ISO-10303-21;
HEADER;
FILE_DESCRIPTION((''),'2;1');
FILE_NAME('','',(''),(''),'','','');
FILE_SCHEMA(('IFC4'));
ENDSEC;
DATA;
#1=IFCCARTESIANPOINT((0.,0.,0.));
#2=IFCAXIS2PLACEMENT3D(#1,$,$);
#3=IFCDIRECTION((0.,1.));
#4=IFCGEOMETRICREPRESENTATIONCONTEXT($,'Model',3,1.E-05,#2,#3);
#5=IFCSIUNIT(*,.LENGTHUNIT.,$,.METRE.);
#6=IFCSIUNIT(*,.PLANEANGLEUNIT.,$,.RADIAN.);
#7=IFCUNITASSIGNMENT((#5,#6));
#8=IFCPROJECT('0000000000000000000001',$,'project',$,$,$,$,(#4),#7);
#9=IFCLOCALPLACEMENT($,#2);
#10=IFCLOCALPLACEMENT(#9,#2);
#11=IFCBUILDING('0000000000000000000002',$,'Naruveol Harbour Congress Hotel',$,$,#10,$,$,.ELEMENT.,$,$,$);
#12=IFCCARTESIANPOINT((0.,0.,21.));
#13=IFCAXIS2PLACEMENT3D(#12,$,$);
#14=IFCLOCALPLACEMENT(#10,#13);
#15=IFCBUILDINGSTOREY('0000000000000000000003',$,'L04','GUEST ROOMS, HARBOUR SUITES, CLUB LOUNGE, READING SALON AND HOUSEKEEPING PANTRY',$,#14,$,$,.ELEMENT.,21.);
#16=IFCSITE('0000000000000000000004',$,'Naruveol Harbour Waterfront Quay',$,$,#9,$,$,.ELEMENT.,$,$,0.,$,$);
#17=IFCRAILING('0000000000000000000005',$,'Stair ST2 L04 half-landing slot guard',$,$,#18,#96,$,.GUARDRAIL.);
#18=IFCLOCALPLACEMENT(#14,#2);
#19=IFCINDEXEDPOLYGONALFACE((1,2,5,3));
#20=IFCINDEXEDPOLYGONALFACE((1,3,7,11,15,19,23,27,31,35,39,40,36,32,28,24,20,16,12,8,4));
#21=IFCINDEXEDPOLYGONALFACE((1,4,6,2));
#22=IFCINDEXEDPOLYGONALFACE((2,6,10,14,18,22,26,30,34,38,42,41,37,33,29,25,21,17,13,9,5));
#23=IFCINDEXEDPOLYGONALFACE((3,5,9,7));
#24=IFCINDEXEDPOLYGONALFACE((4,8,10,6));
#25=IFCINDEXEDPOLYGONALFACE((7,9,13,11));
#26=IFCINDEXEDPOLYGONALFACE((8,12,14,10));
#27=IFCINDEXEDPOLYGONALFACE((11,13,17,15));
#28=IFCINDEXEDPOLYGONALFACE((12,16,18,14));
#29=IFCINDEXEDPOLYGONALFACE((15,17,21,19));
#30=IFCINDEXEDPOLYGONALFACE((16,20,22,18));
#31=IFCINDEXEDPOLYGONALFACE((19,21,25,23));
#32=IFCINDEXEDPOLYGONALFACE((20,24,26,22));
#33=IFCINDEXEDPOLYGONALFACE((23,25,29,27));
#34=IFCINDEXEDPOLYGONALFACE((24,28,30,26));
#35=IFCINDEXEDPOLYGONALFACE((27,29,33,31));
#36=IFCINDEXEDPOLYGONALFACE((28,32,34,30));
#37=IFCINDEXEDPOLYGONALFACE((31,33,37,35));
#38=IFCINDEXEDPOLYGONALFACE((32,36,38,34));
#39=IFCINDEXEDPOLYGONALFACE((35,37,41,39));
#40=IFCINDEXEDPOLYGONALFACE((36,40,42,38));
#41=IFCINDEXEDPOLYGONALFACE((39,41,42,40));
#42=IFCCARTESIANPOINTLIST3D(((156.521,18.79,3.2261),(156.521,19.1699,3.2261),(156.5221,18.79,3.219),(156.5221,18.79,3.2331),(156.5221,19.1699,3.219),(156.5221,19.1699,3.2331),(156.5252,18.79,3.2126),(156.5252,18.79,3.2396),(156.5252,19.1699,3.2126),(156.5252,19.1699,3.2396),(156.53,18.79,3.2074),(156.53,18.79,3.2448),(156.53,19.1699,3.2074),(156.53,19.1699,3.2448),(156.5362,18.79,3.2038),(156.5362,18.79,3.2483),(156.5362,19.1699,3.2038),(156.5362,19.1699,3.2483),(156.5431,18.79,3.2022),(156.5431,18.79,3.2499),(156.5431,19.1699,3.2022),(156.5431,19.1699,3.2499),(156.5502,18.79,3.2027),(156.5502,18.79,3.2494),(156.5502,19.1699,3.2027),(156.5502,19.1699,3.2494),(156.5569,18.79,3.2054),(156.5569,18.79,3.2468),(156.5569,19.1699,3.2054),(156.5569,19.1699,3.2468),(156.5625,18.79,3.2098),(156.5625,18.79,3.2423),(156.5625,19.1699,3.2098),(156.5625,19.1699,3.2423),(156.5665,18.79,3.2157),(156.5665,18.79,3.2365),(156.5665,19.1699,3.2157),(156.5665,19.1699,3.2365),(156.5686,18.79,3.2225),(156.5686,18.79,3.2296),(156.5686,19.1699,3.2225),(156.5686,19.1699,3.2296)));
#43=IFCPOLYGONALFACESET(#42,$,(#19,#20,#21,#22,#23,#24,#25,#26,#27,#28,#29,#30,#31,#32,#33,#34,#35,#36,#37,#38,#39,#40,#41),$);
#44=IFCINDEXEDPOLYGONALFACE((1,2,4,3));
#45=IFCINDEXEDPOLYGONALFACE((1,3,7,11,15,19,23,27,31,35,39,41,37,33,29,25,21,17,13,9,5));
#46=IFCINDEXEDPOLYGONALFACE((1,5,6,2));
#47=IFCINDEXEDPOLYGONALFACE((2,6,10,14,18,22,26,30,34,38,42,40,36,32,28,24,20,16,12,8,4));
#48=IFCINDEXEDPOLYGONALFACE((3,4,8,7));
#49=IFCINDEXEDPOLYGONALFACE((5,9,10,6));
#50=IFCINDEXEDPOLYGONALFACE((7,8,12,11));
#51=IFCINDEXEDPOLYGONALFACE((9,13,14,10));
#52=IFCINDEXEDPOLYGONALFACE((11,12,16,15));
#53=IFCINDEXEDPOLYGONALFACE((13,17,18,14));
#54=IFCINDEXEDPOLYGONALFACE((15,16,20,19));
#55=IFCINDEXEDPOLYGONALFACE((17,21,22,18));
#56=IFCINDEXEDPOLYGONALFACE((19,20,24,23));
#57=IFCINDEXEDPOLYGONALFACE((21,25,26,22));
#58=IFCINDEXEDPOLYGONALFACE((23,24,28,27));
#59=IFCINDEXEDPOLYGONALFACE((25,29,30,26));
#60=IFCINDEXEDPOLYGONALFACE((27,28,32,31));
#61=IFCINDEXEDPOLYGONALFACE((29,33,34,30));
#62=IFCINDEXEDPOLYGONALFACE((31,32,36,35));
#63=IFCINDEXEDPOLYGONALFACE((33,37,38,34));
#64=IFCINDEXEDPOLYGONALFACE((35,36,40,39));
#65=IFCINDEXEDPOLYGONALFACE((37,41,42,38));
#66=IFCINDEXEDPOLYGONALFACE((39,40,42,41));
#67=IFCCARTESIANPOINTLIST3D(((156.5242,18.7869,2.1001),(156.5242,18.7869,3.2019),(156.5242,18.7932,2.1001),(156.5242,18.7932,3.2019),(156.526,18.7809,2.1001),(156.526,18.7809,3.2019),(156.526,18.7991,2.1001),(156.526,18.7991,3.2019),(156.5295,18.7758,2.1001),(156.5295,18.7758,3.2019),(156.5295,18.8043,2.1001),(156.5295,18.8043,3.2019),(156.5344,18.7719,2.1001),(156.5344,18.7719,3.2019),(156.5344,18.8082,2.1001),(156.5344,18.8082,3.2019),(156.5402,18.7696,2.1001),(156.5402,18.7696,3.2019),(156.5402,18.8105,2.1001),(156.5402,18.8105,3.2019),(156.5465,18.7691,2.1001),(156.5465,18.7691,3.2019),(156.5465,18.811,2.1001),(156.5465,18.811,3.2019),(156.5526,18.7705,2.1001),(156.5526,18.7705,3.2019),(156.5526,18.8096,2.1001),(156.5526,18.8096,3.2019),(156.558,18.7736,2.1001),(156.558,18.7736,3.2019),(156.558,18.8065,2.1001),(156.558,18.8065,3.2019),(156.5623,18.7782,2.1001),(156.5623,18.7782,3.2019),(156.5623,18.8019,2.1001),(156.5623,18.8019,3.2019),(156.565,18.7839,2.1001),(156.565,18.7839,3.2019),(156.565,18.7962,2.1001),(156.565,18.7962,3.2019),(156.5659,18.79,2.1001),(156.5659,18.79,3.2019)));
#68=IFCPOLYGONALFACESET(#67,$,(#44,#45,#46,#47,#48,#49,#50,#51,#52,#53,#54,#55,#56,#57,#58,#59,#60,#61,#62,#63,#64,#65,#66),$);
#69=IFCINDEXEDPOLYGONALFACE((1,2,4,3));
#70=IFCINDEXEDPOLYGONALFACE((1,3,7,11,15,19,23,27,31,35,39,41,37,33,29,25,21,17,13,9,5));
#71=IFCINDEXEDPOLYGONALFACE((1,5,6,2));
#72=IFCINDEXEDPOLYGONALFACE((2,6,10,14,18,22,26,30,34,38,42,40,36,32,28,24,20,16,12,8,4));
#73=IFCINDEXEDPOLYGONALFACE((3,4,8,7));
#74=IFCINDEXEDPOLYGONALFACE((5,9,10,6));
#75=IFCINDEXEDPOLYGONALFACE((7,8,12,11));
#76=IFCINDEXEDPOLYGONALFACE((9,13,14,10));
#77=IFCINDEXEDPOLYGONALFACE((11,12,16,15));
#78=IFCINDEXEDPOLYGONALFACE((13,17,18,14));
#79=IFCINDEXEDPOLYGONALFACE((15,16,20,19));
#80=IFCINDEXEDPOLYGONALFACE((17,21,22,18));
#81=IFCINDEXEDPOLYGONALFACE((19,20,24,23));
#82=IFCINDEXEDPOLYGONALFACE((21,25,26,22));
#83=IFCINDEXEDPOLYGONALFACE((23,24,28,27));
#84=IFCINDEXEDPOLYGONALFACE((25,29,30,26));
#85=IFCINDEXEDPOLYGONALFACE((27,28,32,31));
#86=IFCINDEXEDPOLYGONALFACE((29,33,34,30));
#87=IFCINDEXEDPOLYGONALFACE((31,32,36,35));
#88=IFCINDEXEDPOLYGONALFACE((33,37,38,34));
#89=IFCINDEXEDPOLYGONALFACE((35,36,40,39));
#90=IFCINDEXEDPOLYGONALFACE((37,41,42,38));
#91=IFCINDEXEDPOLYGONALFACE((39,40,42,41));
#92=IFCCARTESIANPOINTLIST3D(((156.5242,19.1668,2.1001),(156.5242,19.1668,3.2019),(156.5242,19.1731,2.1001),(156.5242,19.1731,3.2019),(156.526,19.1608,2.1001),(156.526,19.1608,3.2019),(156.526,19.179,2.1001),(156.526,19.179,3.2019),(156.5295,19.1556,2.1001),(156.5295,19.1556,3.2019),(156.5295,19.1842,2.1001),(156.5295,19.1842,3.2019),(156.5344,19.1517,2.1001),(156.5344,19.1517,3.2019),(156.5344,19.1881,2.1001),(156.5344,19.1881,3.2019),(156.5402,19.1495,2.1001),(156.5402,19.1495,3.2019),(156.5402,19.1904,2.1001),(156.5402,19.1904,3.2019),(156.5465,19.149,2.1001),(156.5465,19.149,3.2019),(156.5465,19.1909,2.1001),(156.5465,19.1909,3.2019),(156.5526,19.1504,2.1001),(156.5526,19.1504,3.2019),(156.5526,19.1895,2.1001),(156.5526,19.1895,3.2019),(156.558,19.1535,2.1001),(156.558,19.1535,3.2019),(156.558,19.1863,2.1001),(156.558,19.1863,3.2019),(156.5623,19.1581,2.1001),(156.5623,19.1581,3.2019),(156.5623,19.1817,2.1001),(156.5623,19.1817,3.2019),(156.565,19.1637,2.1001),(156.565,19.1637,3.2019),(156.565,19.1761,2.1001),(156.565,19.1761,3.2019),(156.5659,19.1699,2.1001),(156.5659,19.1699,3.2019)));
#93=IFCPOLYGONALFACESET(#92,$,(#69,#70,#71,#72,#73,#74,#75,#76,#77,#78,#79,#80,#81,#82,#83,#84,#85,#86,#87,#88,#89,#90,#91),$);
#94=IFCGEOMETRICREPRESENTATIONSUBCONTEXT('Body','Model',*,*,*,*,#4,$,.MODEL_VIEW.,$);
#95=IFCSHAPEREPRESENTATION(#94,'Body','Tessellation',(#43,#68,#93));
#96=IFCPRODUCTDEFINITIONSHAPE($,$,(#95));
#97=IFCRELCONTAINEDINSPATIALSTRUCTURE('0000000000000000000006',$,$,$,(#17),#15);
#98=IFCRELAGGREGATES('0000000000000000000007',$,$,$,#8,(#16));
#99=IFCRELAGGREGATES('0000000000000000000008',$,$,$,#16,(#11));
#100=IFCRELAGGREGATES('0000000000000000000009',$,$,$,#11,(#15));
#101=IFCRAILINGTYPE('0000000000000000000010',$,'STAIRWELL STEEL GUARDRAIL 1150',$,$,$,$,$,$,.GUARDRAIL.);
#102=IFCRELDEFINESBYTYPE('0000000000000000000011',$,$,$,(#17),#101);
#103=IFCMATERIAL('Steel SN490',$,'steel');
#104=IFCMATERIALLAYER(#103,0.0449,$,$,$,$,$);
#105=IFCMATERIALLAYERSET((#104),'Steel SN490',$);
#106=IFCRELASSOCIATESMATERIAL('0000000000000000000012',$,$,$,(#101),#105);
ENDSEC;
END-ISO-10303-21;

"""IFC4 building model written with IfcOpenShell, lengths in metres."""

from ifc_helpers import new_model, si_unit, direction, frame, origin, origin_2d, place, context, subcontext, project, spatial, circle, extrude, material, layer, layer_set, type_object, element, save


model = new_model("IFC4")

# Units and contexts
model_context = context("Model", 3, precision=1e-05, world=origin(), true_north=direction((0.0, 1.0)))
body_context = subcontext(model_context, "Body", "Model", "MODEL_VIEW")
ifc_project = project(units=[si_unit("LENGTHUNIT", "METRE"), si_unit("PLANEANGLEUNIT", "RADIAN")], contexts=[model_context])

# Site, building, storey
site_placement = place(None, origin())
site = spatial("IfcSite", under=ifc_project, at=site_placement, Name="Naruveol Harbour Waterfront Quay", CompositionType="ELEMENT", RefElevation=0.0)
building_placement = place(site_placement, origin())
building = spatial("IfcBuilding", under=site, at=building_placement, Name="Naruveol Harbour Congress Hotel", CompositionType="ELEMENT")
storey_placement = place(building_placement, frame((0.0, 0.0, 21.0)))
storey = spatial("IfcBuildingStorey", under=building, at=storey_placement, Name="L04", Description="GUEST ROOMS, HARBOUR SUITES, CLUB LOUNGE, READING SALON AND HOUSEKEEPING PANTRY", CompositionType="ELEMENT", Elevation=21.0)

# Railing
ifc_material_1 = material(Name="Steel SN490", Category="steel")
ifc_layer_1 = layer(ifc_material_1, 0.0449)
ifc_layer_set_1 = layer_set([ifc_layer_1], Name="Steel SN490")
railing_type_1 = type_object("IfcRailingType", Name="STAIRWELL STEEL GUARDRAIL 1150", PredefinedType="GUARDRAIL", material=ifc_layer_set_1)
railing_1_placement = place(storey_placement, frame((156.5449, 18.79, 2.1001)))
element("IfcRailing", 1, at=railing_1_placement, inside=storey, type_object=railing_type_1, Name="Stair ST2 L04 half-landing slot guard", PredefinedType="GUARDRAIL", context=body_context, shape_type="SweptSolid", body=[
    extrude(circle(Radius=0.0239, at=origin_2d()), frame((0.0, 0.0, 1.126), z_axis=(0.0, 1.0, 0.0), x_axis=(-1.0, 0.0, 0.0)), (0.0, 0.0, 1.0), 0.3799),
    extrude(circle(Radius=0.021, at=origin_2d()), origin(), (0.0, 0.0, 1.0), 1.1018),
    extrude(circle(Radius=0.021, at=origin_2d()), frame((0.0, 0.3799, 0.0)), (0.0, 0.0, 1.0), 1.1018),
])

save(model, "model.ifc")
